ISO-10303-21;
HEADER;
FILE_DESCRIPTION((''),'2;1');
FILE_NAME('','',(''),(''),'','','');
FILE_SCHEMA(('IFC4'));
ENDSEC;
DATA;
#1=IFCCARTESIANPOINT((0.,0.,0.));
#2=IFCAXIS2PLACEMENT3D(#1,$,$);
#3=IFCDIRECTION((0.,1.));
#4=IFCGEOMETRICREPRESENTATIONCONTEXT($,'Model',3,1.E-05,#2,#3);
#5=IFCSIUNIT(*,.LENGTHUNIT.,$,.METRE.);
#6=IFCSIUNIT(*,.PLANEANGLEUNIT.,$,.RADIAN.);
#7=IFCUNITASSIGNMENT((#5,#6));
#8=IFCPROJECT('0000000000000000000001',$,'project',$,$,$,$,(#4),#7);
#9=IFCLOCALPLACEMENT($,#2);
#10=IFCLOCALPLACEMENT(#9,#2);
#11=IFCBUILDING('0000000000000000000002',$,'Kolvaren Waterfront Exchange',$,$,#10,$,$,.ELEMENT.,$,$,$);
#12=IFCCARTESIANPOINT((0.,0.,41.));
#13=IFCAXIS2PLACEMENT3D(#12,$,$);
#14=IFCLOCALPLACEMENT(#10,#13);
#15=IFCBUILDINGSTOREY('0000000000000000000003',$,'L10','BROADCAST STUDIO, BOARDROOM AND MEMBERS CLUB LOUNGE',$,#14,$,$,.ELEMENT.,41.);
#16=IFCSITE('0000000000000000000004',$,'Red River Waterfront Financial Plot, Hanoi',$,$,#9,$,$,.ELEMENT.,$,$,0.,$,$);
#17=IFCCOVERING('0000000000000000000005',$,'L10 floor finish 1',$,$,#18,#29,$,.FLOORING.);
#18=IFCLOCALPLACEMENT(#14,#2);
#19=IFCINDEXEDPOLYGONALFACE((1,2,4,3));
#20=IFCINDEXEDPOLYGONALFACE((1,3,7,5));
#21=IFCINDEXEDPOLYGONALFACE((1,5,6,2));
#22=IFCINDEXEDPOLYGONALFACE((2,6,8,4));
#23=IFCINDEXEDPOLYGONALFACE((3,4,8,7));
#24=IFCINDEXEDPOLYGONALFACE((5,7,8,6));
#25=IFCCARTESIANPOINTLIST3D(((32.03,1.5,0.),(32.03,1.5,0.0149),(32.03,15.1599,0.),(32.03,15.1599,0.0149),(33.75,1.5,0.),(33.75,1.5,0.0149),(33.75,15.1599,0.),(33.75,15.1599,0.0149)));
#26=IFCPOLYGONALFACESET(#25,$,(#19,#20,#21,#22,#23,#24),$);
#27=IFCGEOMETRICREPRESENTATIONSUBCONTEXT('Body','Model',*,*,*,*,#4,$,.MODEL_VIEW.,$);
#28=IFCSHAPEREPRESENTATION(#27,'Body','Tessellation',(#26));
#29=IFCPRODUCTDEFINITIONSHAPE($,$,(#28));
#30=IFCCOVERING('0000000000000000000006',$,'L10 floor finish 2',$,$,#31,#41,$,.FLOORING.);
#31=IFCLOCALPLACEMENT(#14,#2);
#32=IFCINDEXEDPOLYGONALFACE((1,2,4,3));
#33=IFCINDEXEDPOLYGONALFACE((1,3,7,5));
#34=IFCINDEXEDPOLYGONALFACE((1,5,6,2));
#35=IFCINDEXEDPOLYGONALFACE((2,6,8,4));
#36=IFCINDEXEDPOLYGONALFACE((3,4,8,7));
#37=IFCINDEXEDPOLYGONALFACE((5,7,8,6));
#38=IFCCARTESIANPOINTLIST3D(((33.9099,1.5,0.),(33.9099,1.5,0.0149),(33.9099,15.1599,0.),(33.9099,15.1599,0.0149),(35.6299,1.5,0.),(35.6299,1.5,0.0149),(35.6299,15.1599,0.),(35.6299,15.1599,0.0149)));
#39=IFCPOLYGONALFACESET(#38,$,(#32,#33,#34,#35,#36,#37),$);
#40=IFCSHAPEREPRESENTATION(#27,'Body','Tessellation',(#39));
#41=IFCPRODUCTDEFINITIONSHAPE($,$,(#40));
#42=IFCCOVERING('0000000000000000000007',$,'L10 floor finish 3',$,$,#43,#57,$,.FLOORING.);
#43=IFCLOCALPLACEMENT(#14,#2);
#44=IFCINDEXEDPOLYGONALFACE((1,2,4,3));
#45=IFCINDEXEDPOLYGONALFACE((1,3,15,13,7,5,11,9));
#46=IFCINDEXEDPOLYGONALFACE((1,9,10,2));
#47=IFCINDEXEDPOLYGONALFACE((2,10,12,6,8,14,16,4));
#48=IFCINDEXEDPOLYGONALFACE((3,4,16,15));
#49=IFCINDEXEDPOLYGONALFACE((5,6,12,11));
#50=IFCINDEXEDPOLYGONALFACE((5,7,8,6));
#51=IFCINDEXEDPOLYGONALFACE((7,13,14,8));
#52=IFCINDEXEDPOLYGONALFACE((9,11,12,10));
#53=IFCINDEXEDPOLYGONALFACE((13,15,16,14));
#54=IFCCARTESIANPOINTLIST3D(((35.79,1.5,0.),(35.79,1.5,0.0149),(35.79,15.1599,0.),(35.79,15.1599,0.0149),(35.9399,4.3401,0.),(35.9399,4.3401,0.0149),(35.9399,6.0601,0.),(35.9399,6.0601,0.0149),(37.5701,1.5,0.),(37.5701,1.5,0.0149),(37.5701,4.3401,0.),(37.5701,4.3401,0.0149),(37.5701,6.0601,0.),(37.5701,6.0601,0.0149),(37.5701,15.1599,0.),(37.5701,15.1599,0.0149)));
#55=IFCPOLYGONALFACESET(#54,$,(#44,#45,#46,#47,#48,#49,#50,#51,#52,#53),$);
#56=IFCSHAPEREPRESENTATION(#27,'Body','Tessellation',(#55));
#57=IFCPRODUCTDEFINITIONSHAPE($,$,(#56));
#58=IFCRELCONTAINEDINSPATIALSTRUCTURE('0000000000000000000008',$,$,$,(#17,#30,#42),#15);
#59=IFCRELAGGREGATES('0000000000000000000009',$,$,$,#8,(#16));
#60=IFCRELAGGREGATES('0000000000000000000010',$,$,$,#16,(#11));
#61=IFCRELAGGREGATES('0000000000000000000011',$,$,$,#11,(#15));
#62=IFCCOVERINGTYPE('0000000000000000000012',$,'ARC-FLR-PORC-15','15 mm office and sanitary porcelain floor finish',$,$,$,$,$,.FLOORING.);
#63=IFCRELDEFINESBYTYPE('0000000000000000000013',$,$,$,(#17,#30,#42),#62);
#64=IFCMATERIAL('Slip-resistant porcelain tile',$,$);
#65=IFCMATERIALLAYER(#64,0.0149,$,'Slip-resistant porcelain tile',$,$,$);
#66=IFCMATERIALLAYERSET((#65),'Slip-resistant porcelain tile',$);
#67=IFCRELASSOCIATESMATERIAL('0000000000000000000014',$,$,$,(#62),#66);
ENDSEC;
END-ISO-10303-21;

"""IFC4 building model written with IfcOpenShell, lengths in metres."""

from ifc_helpers import new_model, si_unit, direction, frame, origin, place, context, subcontext, project, spatial, polyline, outline, extrude, material, layer, layer_set, type_object, element, save


model = new_model("IFC4")

# Units and contexts
model_context = context("Model", 3, precision=1e-05, world=origin(), true_north=direction((0.0, 1.0)))
body_context = subcontext(model_context, "Body", "Model", "MODEL_VIEW")
ifc_project = project(units=[si_unit("LENGTHUNIT", "METRE"), si_unit("PLANEANGLEUNIT", "RADIAN")], contexts=[model_context])

# Site, building, storey
site_placement = place(None, origin())
site = spatial("IfcSite", under=ifc_project, at=site_placement, Name="Red River Waterfront Financial Plot, Hanoi", CompositionType="ELEMENT", RefElevation=0.0)
building_placement = place(site_placement, origin())
building = spatial("IfcBuilding", under=site, at=building_placement, Name="Kolvaren Waterfront Exchange", CompositionType="ELEMENT")
storey_placement = place(building_placement, frame((0.0, 0.0, 41.0)))
storey = spatial("IfcBuildingStorey", under=building, at=storey_placement, Name="L10", Description="BROADCAST STUDIO, BOARDROOM AND MEMBERS CLUB LOUNGE", CompositionType="ELEMENT", Elevation=41.0)

# Coverings
ifc_material_1 = material(Name="Slip-resistant porcelain tile")
ifc_layer_1 = layer(ifc_material_1, 0.0149, Name="Slip-resistant porcelain tile")
ifc_layer_set_1 = layer_set([ifc_layer_1], Name="Slip-resistant porcelain tile")
covering_type_1 = type_object("IfcCoveringType", Name="ARC-FLR-PORC-15", Description="15 mm office and sanitary porcelain floor finish", PredefinedType="FLOORING", material=ifc_layer_set_1)
covering_1_placement = place(storey_placement, origin())
element("IfcCovering", 1, at=covering_1_placement, inside=storey, type_object=covering_type_1, Name="L10 floor finish 1", PredefinedType="FLOORING", context=body_context, shape_type="SweptSolid", body=[
    extrude(outline(polyline([(32.03, 15.1599), (32.03, 1.5), (33.75, 1.5), (33.75, 15.1599), (32.03, 15.1599)])), origin(), (0.0, 0.0, 1.0), 0.0149),
])
covering_2_placement = place(storey_placement, origin())
element("IfcCovering", 2, at=covering_2_placement, inside=storey, type_object=covering_type_1, Name="L10 floor finish 2", PredefinedType="FLOORING", context=body_context, shape_type="SweptSolid", body=[
    extrude(outline(polyline([(33.9099, 15.1599), (33.9099, 1.5), (35.6299, 1.5), (35.6299, 15.1599), (33.9099, 15.1599)])), origin(), (0.0, 0.0, 1.0), 0.0149),
])
covering_3_placement = place(storey_placement, origin())
element("IfcCovering", 3, at=covering_3_placement, inside=storey, type_object=covering_type_1, Name="L10 floor finish 3", PredefinedType="FLOORING", context=body_context, shape_type="SweptSolid", body=[
    extrude(outline(polyline([(35.79, 15.1599), (35.79, 1.5), (37.5701, 1.5), (37.5701, 4.3401), (35.9399, 4.3401), (35.9399, 6.0601), (37.5701, 6.0601), (37.5701, 15.1599), (35.79, 15.1599)])), origin(), (0.0, 0.0, 1.0), 0.0149),
])

save(model, "model.ifc")
